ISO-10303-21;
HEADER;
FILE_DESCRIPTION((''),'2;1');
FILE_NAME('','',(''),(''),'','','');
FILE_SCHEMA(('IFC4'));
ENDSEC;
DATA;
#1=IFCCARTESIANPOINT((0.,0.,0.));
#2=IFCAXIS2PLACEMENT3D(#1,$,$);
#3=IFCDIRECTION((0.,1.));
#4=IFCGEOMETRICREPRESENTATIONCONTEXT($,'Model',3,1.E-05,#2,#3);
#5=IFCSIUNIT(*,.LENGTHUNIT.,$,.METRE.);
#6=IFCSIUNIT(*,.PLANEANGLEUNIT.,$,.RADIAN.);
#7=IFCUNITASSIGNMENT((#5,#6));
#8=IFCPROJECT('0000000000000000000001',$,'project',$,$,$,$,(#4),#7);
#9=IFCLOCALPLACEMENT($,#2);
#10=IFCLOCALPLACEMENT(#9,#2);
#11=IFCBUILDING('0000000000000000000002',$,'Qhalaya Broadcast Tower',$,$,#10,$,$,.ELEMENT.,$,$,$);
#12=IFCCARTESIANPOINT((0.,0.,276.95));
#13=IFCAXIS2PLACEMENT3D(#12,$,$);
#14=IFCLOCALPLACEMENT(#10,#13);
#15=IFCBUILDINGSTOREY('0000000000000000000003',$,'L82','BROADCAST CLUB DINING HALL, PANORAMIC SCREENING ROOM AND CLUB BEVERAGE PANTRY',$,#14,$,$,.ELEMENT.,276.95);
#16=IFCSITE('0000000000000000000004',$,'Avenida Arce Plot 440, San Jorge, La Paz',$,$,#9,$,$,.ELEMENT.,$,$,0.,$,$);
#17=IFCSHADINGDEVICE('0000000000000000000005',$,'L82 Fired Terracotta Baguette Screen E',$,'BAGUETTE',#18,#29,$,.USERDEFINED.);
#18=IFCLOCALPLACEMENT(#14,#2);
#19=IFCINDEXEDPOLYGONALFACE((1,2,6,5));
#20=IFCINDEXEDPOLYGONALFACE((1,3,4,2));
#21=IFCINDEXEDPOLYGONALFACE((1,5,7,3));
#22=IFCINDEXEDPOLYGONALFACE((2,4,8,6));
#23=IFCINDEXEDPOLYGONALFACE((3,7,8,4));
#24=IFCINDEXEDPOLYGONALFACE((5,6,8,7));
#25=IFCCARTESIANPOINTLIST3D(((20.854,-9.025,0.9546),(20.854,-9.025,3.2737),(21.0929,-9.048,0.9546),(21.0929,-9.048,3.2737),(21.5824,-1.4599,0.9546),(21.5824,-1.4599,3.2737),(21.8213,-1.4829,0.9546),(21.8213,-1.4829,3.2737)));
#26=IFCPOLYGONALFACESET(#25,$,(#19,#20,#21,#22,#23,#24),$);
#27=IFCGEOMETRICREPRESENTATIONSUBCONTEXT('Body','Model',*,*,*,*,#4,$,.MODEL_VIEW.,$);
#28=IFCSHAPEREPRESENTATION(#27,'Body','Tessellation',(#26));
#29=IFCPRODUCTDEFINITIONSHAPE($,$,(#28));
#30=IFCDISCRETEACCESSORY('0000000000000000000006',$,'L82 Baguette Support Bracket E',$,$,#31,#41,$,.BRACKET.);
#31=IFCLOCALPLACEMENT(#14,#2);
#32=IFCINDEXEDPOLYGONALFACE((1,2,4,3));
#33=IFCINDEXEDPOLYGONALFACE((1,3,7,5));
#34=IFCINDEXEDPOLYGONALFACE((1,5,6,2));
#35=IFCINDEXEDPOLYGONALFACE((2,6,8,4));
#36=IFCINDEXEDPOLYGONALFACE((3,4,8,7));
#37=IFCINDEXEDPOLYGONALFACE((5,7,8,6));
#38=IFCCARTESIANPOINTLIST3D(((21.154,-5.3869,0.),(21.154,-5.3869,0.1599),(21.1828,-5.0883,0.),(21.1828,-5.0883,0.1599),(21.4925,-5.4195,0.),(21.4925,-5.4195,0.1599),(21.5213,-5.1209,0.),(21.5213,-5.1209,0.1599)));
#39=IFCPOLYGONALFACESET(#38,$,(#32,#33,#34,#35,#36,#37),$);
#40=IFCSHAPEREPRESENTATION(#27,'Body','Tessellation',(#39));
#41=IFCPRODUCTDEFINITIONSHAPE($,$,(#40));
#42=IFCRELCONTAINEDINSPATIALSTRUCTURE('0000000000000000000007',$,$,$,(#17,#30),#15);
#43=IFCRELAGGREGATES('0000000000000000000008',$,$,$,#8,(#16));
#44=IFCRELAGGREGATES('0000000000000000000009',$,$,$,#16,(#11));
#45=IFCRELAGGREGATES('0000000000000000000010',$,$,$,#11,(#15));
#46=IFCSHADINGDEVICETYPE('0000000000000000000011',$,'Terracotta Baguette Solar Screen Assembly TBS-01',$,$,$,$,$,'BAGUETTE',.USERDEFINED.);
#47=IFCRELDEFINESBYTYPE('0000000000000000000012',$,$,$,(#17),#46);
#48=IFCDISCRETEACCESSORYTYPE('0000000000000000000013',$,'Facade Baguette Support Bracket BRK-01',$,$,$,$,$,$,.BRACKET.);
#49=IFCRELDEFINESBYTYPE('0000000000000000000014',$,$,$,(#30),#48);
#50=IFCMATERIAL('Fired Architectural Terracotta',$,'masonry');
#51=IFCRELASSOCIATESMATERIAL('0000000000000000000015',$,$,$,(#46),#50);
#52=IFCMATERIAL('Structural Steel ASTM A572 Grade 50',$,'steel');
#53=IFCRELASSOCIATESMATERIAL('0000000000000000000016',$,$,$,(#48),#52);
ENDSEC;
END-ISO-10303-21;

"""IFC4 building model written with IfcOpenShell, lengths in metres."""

from ifc_helpers import new_model, si_unit, direction, frame, origin, origin_2d, place, context, subcontext, project, spatial, rectangle, extrude, material, type_object, element, save


model = new_model("IFC4")

# Units and contexts
model_context = context("Model", 3, precision=1e-05, world=origin(), true_north=direction((0.0, 1.0)))
body_context = subcontext(model_context, "Body", "Model", "MODEL_VIEW")
ifc_project = project(units=[si_unit("LENGTHUNIT", "METRE"), si_unit("PLANEANGLEUNIT", "RADIAN")], contexts=[model_context])

# Site, building, storey
site_placement = place(None, origin())
site = spatial("IfcSite", under=ifc_project, at=site_placement, Name="Avenida Arce Plot 440, San Jorge, La Paz", CompositionType="ELEMENT", RefElevation=0.0)
building_placement = place(site_placement, origin())
building = spatial("IfcBuilding", under=site, at=building_placement, Name="Qhalaya Broadcast Tower", CompositionType="ELEMENT")
storey_placement = place(building_placement, frame((0.0, 0.0, 276.95)))
storey = spatial("IfcBuildingStorey", under=building, at=storey_placement, Name="L82", Description="BROADCAST CLUB DINING HALL, PANORAMIC SCREENING ROOM AND CLUB BEVERAGE PANTRY", CompositionType="ELEMENT", Elevation=276.95)

# Shared definitions
ifc_material_1 = material(Name="Structural Steel ASTM A572 Grade 50", Category="steel")

# Shading device
ifc_material_2 = material(Name="Fired Architectural Terracotta", Category="masonry")
shading_device_type = type_object("IfcShadingDeviceType", Name="Terracotta Baguette Solar Screen Assembly TBS-01", ElementType="BAGUETTE", PredefinedType="USERDEFINED", material=ifc_material_2)
shading_device_placement = place(storey_placement, frame((21.3376, -5.2539, 0.9546), z_axis=(0.0, 0.0, 1.0), x_axis=(0.095846, 0.995396, 0.0)))
element("IfcShadingDevice", 1, at=shading_device_placement, inside=storey, type_object=shading_device_type, Name="L82 Fired Terracotta Baguette Screen E", ObjectType="BAGUETTE", PredefinedType="USERDEFINED", context=body_context, shape_type="SweptSolid", body=[
    extrude(rectangle(XDim=7.6001, YDim=0.24, at=origin_2d()), origin(), (0.0, 0.0, 1.0), 2.3191),
])

# Discrete accessory
discrete_accessory_type = type_object("IfcDiscreteAccessoryType", Name="Facade Baguette Support Bracket BRK-01", PredefinedType="BRACKET", material=ifc_material_1)
discrete_accessory_placement = place(storey_placement, frame((21.3376, -5.2539, 0.0), z_axis=(0.0, 0.0, 1.0), x_axis=(0.095846, 0.995396, 0.0)))
element("IfcDiscreteAccessory", 2, at=discrete_accessory_placement, inside=storey, type_object=discrete_accessory_type, Name="L82 Baguette Support Bracket E", PredefinedType="BRACKET", context=body_context, shape_type="SweptSolid", body=[
    extrude(rectangle(XDim=0.3, YDim=0.3401, at=origin_2d()), origin(), (0.0, 0.0, 1.0), 0.1599),
])

save(model, "model.ifc")
